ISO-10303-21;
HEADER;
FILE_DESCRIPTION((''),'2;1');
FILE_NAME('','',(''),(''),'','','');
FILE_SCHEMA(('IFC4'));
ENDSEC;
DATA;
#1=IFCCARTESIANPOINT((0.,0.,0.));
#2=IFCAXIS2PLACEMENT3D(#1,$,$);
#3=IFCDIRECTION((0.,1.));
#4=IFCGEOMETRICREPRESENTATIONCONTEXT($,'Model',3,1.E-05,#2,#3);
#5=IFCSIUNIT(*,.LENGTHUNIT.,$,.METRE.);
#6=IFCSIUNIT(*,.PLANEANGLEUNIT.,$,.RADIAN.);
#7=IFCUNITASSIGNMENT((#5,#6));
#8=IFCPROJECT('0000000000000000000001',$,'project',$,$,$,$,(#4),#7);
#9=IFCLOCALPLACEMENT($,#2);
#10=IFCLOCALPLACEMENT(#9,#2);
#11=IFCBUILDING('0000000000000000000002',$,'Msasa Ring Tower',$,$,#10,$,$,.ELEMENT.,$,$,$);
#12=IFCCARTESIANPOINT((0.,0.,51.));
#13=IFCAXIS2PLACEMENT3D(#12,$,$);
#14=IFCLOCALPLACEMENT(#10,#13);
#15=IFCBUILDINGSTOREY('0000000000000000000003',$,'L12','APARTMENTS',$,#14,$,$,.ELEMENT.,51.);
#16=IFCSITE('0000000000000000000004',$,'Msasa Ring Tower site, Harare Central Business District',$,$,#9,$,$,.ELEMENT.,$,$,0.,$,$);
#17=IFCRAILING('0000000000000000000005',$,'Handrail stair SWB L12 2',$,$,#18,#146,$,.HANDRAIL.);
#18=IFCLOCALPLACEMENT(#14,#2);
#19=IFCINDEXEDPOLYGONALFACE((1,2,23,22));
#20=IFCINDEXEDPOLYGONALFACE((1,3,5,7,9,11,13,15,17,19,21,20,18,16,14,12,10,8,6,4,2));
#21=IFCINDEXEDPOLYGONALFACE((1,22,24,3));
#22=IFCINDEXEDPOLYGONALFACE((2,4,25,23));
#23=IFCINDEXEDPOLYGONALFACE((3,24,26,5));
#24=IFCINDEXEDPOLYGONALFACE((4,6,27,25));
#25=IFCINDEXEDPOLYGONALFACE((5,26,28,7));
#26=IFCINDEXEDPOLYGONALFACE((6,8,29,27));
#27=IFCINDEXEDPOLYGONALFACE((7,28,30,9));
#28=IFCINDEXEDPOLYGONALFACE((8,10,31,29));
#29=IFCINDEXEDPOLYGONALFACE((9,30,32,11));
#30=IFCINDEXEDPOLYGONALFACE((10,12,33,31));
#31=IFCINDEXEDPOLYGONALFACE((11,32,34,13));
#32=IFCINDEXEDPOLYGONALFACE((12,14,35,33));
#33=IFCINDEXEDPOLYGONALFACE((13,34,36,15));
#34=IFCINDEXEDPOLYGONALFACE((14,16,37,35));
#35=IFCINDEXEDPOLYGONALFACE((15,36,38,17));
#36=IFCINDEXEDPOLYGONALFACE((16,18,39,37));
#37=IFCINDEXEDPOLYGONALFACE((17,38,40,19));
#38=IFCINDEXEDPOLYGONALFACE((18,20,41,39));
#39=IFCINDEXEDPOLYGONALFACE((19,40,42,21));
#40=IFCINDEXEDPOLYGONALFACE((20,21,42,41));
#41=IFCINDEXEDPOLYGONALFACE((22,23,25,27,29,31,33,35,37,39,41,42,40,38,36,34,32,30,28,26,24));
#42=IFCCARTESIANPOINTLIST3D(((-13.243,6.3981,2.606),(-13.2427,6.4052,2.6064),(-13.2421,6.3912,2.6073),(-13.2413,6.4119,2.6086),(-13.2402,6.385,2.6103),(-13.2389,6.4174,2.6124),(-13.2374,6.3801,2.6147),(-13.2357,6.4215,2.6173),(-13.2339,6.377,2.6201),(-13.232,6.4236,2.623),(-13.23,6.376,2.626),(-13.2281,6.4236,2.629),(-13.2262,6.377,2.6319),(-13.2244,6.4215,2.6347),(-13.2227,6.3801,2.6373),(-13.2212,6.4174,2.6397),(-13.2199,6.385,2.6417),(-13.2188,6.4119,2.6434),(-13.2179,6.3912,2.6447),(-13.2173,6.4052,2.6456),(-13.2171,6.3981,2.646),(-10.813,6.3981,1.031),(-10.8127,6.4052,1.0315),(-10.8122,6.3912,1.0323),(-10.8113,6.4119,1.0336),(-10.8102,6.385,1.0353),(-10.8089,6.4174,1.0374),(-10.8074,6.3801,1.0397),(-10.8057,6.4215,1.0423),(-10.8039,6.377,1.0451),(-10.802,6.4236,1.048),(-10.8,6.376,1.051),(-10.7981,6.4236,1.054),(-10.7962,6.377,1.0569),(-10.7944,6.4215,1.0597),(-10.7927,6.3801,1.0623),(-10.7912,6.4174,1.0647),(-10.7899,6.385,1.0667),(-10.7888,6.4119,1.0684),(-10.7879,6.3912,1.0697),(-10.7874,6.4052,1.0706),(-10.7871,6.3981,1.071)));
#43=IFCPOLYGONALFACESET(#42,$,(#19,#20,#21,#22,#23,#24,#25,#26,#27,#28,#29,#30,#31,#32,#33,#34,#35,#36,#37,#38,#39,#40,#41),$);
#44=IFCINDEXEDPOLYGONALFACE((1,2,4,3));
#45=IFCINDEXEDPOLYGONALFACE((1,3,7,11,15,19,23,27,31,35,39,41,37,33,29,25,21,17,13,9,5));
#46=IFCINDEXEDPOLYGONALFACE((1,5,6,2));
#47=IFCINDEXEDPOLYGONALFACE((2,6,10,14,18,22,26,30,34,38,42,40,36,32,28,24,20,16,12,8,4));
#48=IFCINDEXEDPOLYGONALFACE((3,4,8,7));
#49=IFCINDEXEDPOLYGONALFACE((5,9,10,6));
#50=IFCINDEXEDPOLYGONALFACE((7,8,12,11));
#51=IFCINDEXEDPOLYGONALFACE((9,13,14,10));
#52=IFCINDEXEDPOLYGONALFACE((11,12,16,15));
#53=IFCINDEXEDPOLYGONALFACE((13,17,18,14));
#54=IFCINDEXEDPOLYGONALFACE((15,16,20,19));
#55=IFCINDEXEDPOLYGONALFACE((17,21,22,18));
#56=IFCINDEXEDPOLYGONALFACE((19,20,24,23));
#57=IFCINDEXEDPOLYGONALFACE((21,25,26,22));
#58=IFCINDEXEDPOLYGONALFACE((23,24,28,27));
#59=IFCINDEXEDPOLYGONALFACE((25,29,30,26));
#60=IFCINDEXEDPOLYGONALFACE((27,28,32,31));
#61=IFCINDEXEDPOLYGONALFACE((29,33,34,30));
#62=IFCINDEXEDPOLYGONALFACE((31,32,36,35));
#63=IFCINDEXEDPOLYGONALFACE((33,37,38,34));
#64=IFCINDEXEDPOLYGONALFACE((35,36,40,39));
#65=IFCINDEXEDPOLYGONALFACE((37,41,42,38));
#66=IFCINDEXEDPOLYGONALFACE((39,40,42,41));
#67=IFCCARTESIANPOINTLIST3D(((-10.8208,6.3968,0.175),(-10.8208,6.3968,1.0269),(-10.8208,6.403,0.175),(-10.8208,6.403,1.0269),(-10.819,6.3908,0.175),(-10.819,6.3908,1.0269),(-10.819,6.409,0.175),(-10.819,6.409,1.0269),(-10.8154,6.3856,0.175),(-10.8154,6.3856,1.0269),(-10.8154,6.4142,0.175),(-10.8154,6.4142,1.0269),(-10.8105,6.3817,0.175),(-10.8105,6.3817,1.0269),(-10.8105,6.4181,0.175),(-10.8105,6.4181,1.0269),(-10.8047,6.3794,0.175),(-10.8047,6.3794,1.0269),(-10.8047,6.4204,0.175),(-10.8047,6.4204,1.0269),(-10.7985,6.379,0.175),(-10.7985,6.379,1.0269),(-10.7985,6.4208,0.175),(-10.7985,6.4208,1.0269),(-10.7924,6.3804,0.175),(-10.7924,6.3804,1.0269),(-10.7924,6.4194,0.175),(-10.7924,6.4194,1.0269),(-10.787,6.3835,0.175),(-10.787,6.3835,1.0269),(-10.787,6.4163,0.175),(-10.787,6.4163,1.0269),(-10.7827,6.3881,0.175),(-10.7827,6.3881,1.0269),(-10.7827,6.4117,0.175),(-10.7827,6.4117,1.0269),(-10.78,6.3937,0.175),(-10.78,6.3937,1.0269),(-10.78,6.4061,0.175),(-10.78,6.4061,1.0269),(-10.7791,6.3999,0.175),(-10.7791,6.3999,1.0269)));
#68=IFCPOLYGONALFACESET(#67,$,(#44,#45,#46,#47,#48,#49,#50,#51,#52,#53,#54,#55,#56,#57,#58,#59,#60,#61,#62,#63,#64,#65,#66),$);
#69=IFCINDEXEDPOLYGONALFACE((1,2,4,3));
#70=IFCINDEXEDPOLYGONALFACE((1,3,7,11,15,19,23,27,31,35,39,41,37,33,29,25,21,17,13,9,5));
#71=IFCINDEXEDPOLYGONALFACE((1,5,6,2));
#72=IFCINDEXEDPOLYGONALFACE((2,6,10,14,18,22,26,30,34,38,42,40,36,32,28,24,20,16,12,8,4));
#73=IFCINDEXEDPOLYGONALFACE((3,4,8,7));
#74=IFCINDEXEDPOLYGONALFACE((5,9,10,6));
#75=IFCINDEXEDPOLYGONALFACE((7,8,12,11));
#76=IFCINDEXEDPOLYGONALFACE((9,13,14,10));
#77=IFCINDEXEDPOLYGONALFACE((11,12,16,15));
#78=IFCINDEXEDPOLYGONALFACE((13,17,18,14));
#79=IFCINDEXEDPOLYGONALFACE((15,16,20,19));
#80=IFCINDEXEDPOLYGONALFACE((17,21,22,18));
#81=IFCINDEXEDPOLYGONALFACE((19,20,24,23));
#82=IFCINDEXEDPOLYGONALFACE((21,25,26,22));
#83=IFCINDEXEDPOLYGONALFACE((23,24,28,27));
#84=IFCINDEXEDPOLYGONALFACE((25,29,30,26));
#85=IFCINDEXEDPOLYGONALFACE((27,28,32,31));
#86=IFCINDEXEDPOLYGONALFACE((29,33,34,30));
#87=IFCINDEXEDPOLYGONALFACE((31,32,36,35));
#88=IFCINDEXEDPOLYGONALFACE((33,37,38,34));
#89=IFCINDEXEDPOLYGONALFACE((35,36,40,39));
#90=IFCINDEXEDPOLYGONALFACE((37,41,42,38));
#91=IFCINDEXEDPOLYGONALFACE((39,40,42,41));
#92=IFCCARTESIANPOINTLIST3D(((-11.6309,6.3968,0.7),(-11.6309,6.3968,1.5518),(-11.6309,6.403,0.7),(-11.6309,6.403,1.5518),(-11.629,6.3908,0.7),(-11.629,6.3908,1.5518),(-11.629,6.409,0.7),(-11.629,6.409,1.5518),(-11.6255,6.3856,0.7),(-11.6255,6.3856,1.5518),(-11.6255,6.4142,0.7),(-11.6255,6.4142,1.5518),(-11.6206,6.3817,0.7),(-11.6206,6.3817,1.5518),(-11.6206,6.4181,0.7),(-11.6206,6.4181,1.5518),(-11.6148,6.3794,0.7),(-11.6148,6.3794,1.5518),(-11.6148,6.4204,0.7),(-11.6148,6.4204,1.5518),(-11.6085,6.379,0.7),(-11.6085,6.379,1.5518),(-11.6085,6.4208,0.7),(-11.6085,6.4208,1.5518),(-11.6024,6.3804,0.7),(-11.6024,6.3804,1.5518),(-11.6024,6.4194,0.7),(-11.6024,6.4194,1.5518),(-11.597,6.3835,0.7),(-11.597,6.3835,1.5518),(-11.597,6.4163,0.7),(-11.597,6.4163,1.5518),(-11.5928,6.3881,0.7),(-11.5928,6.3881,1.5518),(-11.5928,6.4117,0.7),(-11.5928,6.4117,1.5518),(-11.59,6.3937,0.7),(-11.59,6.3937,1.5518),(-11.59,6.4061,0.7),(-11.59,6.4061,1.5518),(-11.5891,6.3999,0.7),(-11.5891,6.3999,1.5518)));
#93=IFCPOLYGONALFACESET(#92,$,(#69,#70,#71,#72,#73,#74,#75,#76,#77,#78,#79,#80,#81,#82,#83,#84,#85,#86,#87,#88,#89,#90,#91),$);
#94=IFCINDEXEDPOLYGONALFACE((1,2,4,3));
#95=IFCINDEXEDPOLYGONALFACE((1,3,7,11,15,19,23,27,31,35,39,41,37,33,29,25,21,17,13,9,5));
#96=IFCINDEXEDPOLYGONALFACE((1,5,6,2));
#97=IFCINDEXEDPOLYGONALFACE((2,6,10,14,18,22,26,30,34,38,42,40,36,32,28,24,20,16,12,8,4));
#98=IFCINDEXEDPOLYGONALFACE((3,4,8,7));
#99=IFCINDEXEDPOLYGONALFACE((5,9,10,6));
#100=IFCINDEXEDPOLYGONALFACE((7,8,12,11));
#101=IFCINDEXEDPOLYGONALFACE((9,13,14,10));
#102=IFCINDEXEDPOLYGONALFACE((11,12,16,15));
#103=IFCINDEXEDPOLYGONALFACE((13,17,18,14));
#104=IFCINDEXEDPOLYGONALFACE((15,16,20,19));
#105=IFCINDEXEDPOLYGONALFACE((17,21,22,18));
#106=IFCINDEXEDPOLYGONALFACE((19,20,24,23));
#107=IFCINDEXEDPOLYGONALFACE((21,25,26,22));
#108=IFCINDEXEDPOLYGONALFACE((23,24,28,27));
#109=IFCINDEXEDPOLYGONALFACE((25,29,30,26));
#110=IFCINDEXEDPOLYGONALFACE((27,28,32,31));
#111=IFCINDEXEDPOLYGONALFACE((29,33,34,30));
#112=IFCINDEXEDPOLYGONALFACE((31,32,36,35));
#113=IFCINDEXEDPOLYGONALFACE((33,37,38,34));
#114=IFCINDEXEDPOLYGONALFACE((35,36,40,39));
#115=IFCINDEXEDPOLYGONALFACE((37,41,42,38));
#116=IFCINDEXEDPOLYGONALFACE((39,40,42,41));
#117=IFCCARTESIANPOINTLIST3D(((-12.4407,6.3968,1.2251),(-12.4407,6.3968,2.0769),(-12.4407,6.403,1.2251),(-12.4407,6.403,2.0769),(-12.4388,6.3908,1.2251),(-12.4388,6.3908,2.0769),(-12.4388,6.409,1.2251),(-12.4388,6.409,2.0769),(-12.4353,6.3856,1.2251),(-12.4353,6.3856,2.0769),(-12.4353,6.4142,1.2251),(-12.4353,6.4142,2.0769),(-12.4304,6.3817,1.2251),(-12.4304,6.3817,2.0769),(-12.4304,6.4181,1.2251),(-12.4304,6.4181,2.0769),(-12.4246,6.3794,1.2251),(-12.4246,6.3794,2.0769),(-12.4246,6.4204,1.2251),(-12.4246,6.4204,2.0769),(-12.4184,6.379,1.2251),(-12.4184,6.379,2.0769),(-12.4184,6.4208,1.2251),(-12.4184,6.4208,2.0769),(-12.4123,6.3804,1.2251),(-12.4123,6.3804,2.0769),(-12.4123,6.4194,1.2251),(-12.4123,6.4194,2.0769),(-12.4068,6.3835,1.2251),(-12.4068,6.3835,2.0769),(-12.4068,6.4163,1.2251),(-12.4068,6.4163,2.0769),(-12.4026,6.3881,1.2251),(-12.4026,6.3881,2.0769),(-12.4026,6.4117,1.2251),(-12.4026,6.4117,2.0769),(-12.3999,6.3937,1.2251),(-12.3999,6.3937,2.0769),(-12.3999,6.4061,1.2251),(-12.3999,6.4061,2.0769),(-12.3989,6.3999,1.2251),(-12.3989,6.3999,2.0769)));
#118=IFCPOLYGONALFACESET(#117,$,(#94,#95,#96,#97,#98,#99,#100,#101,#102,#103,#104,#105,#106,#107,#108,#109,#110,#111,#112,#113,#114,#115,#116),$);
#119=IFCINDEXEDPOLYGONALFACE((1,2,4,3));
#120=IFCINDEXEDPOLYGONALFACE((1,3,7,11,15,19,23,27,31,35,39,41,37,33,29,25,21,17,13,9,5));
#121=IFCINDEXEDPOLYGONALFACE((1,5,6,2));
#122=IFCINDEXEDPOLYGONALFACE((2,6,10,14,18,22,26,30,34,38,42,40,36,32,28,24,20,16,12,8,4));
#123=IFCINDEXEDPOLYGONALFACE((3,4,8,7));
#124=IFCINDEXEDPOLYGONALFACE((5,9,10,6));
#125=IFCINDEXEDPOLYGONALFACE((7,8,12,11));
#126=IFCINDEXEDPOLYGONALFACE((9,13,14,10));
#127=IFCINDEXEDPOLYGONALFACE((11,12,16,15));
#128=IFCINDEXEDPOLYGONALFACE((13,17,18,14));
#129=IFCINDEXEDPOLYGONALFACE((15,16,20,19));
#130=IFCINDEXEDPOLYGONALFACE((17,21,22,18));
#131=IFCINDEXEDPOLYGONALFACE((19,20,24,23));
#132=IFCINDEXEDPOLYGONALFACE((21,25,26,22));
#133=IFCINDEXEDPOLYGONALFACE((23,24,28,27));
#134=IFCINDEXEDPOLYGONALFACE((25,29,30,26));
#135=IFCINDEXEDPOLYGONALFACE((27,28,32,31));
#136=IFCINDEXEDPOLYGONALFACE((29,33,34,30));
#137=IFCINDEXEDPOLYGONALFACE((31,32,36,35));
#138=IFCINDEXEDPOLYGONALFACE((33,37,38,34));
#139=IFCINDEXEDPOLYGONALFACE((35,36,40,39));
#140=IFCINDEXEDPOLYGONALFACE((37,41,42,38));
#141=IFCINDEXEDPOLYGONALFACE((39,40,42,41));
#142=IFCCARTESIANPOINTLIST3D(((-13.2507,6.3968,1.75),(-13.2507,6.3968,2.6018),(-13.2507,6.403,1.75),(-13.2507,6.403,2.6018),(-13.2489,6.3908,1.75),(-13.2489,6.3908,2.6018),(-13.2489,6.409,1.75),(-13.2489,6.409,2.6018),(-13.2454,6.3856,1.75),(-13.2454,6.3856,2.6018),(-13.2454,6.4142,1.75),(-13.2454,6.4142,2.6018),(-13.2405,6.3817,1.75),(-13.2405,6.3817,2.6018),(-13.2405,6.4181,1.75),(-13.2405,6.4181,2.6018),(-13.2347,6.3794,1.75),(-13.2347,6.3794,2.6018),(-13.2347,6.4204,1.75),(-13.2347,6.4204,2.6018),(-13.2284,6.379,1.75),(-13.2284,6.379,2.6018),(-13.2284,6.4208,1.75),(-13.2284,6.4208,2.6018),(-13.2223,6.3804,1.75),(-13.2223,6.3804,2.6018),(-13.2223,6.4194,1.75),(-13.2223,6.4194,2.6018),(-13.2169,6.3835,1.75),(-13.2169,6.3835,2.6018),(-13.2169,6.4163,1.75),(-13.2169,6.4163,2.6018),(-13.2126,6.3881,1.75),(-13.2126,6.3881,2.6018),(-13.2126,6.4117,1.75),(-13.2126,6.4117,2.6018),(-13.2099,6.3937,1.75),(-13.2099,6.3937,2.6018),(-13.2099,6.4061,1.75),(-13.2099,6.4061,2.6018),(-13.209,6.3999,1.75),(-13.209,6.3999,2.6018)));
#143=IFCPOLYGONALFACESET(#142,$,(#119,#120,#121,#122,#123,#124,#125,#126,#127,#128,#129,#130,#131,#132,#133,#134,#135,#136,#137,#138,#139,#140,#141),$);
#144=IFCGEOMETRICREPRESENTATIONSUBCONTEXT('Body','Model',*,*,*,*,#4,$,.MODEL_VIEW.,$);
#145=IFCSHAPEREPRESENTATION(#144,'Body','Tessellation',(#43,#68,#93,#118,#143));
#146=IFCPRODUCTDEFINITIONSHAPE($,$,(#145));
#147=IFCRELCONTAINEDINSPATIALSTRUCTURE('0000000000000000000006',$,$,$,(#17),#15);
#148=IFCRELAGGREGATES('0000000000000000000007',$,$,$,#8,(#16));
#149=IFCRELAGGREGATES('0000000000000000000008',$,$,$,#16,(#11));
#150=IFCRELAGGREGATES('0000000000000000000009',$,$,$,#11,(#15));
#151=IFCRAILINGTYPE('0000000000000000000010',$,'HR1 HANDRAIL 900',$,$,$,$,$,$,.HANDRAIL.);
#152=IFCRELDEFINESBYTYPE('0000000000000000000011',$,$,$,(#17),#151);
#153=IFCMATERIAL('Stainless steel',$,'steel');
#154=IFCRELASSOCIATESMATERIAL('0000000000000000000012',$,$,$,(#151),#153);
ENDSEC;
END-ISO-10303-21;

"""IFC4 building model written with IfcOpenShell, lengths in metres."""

from ifc_helpers import new_model, si_unit, direction, frame, origin, origin_2d, place, context, subcontext, project, spatial, circle, extrude, material, type_object, element, save


model = new_model("IFC4")

# Units and contexts
model_context = context("Model", 3, precision=1e-05, world=origin(), true_north=direction((0.0, 1.0)))
body_context = subcontext(model_context, "Body", "Model", "MODEL_VIEW")
ifc_project = project(units=[si_unit("LENGTHUNIT", "METRE"), si_unit("PLANEANGLEUNIT", "RADIAN")], contexts=[model_context])

# Site, building, storey
site_placement = place(None, origin())
site = spatial("IfcSite", under=ifc_project, at=site_placement, Name="Msasa Ring Tower site, Harare Central Business District", CompositionType="ELEMENT", RefElevation=0.0)
building_placement = place(site_placement, origin())
building = spatial("IfcBuilding", under=site, at=building_placement, Name="Msasa Ring Tower", CompositionType="ELEMENT")
storey_placement = place(building_placement, frame((0.0, 0.0, 51.0)))
storey = spatial("IfcBuildingStorey", under=building, at=storey_placement, Name="L12", Description="APARTMENTS", CompositionType="ELEMENT", Elevation=51.0)

# Railing
ifc_material_1 = material(Name="Stainless steel", Category="steel")
railing_type = type_object("IfcRailingType", Name="HR1 HANDRAIL 900", PredefinedType="HANDRAIL", material=ifc_material_1)
for number, where, name in (
    (1, (-10.8, 6.3999, 0.175), "Handrail stair SWB L12 2"),
):
    element("IfcRailing", number, at=place(storey_placement, frame(where)), inside=storey, type_object=railing_type, Name=name, PredefinedType="HANDRAIL", context=body_context, shape_type="SweptSolid", body=[
        extrude(circle(Radius=0.0239, at=origin_2d()), frame((0.0, 0.0, 0.876), z_axis=(-0.839154, 0.0, 0.543894), x_axis=(0.0, -1.0, 0.0)), (0.0, 0.0, 1.0), 2.8958),
        extrude(circle(Radius=0.021, at=origin_2d()), origin(), (0.0, 0.0, 1.0), 0.8518),
        extrude(circle(Radius=0.021, at=origin_2d()), frame((-0.8101, 0.0, 0.5249)), (0.0, 0.0, 1.0), 0.8518),
        extrude(circle(Radius=0.021, at=origin_2d()), frame((-1.6199, 0.0, 1.05)), (0.0, 0.0, 1.0), 0.8518),
        extrude(circle(Radius=0.021, at=origin_2d()), frame((-2.4299, 0.0, 1.575)), (0.0, 0.0, 1.0), 0.8518),
    ])

save(model, "model.ifc")
